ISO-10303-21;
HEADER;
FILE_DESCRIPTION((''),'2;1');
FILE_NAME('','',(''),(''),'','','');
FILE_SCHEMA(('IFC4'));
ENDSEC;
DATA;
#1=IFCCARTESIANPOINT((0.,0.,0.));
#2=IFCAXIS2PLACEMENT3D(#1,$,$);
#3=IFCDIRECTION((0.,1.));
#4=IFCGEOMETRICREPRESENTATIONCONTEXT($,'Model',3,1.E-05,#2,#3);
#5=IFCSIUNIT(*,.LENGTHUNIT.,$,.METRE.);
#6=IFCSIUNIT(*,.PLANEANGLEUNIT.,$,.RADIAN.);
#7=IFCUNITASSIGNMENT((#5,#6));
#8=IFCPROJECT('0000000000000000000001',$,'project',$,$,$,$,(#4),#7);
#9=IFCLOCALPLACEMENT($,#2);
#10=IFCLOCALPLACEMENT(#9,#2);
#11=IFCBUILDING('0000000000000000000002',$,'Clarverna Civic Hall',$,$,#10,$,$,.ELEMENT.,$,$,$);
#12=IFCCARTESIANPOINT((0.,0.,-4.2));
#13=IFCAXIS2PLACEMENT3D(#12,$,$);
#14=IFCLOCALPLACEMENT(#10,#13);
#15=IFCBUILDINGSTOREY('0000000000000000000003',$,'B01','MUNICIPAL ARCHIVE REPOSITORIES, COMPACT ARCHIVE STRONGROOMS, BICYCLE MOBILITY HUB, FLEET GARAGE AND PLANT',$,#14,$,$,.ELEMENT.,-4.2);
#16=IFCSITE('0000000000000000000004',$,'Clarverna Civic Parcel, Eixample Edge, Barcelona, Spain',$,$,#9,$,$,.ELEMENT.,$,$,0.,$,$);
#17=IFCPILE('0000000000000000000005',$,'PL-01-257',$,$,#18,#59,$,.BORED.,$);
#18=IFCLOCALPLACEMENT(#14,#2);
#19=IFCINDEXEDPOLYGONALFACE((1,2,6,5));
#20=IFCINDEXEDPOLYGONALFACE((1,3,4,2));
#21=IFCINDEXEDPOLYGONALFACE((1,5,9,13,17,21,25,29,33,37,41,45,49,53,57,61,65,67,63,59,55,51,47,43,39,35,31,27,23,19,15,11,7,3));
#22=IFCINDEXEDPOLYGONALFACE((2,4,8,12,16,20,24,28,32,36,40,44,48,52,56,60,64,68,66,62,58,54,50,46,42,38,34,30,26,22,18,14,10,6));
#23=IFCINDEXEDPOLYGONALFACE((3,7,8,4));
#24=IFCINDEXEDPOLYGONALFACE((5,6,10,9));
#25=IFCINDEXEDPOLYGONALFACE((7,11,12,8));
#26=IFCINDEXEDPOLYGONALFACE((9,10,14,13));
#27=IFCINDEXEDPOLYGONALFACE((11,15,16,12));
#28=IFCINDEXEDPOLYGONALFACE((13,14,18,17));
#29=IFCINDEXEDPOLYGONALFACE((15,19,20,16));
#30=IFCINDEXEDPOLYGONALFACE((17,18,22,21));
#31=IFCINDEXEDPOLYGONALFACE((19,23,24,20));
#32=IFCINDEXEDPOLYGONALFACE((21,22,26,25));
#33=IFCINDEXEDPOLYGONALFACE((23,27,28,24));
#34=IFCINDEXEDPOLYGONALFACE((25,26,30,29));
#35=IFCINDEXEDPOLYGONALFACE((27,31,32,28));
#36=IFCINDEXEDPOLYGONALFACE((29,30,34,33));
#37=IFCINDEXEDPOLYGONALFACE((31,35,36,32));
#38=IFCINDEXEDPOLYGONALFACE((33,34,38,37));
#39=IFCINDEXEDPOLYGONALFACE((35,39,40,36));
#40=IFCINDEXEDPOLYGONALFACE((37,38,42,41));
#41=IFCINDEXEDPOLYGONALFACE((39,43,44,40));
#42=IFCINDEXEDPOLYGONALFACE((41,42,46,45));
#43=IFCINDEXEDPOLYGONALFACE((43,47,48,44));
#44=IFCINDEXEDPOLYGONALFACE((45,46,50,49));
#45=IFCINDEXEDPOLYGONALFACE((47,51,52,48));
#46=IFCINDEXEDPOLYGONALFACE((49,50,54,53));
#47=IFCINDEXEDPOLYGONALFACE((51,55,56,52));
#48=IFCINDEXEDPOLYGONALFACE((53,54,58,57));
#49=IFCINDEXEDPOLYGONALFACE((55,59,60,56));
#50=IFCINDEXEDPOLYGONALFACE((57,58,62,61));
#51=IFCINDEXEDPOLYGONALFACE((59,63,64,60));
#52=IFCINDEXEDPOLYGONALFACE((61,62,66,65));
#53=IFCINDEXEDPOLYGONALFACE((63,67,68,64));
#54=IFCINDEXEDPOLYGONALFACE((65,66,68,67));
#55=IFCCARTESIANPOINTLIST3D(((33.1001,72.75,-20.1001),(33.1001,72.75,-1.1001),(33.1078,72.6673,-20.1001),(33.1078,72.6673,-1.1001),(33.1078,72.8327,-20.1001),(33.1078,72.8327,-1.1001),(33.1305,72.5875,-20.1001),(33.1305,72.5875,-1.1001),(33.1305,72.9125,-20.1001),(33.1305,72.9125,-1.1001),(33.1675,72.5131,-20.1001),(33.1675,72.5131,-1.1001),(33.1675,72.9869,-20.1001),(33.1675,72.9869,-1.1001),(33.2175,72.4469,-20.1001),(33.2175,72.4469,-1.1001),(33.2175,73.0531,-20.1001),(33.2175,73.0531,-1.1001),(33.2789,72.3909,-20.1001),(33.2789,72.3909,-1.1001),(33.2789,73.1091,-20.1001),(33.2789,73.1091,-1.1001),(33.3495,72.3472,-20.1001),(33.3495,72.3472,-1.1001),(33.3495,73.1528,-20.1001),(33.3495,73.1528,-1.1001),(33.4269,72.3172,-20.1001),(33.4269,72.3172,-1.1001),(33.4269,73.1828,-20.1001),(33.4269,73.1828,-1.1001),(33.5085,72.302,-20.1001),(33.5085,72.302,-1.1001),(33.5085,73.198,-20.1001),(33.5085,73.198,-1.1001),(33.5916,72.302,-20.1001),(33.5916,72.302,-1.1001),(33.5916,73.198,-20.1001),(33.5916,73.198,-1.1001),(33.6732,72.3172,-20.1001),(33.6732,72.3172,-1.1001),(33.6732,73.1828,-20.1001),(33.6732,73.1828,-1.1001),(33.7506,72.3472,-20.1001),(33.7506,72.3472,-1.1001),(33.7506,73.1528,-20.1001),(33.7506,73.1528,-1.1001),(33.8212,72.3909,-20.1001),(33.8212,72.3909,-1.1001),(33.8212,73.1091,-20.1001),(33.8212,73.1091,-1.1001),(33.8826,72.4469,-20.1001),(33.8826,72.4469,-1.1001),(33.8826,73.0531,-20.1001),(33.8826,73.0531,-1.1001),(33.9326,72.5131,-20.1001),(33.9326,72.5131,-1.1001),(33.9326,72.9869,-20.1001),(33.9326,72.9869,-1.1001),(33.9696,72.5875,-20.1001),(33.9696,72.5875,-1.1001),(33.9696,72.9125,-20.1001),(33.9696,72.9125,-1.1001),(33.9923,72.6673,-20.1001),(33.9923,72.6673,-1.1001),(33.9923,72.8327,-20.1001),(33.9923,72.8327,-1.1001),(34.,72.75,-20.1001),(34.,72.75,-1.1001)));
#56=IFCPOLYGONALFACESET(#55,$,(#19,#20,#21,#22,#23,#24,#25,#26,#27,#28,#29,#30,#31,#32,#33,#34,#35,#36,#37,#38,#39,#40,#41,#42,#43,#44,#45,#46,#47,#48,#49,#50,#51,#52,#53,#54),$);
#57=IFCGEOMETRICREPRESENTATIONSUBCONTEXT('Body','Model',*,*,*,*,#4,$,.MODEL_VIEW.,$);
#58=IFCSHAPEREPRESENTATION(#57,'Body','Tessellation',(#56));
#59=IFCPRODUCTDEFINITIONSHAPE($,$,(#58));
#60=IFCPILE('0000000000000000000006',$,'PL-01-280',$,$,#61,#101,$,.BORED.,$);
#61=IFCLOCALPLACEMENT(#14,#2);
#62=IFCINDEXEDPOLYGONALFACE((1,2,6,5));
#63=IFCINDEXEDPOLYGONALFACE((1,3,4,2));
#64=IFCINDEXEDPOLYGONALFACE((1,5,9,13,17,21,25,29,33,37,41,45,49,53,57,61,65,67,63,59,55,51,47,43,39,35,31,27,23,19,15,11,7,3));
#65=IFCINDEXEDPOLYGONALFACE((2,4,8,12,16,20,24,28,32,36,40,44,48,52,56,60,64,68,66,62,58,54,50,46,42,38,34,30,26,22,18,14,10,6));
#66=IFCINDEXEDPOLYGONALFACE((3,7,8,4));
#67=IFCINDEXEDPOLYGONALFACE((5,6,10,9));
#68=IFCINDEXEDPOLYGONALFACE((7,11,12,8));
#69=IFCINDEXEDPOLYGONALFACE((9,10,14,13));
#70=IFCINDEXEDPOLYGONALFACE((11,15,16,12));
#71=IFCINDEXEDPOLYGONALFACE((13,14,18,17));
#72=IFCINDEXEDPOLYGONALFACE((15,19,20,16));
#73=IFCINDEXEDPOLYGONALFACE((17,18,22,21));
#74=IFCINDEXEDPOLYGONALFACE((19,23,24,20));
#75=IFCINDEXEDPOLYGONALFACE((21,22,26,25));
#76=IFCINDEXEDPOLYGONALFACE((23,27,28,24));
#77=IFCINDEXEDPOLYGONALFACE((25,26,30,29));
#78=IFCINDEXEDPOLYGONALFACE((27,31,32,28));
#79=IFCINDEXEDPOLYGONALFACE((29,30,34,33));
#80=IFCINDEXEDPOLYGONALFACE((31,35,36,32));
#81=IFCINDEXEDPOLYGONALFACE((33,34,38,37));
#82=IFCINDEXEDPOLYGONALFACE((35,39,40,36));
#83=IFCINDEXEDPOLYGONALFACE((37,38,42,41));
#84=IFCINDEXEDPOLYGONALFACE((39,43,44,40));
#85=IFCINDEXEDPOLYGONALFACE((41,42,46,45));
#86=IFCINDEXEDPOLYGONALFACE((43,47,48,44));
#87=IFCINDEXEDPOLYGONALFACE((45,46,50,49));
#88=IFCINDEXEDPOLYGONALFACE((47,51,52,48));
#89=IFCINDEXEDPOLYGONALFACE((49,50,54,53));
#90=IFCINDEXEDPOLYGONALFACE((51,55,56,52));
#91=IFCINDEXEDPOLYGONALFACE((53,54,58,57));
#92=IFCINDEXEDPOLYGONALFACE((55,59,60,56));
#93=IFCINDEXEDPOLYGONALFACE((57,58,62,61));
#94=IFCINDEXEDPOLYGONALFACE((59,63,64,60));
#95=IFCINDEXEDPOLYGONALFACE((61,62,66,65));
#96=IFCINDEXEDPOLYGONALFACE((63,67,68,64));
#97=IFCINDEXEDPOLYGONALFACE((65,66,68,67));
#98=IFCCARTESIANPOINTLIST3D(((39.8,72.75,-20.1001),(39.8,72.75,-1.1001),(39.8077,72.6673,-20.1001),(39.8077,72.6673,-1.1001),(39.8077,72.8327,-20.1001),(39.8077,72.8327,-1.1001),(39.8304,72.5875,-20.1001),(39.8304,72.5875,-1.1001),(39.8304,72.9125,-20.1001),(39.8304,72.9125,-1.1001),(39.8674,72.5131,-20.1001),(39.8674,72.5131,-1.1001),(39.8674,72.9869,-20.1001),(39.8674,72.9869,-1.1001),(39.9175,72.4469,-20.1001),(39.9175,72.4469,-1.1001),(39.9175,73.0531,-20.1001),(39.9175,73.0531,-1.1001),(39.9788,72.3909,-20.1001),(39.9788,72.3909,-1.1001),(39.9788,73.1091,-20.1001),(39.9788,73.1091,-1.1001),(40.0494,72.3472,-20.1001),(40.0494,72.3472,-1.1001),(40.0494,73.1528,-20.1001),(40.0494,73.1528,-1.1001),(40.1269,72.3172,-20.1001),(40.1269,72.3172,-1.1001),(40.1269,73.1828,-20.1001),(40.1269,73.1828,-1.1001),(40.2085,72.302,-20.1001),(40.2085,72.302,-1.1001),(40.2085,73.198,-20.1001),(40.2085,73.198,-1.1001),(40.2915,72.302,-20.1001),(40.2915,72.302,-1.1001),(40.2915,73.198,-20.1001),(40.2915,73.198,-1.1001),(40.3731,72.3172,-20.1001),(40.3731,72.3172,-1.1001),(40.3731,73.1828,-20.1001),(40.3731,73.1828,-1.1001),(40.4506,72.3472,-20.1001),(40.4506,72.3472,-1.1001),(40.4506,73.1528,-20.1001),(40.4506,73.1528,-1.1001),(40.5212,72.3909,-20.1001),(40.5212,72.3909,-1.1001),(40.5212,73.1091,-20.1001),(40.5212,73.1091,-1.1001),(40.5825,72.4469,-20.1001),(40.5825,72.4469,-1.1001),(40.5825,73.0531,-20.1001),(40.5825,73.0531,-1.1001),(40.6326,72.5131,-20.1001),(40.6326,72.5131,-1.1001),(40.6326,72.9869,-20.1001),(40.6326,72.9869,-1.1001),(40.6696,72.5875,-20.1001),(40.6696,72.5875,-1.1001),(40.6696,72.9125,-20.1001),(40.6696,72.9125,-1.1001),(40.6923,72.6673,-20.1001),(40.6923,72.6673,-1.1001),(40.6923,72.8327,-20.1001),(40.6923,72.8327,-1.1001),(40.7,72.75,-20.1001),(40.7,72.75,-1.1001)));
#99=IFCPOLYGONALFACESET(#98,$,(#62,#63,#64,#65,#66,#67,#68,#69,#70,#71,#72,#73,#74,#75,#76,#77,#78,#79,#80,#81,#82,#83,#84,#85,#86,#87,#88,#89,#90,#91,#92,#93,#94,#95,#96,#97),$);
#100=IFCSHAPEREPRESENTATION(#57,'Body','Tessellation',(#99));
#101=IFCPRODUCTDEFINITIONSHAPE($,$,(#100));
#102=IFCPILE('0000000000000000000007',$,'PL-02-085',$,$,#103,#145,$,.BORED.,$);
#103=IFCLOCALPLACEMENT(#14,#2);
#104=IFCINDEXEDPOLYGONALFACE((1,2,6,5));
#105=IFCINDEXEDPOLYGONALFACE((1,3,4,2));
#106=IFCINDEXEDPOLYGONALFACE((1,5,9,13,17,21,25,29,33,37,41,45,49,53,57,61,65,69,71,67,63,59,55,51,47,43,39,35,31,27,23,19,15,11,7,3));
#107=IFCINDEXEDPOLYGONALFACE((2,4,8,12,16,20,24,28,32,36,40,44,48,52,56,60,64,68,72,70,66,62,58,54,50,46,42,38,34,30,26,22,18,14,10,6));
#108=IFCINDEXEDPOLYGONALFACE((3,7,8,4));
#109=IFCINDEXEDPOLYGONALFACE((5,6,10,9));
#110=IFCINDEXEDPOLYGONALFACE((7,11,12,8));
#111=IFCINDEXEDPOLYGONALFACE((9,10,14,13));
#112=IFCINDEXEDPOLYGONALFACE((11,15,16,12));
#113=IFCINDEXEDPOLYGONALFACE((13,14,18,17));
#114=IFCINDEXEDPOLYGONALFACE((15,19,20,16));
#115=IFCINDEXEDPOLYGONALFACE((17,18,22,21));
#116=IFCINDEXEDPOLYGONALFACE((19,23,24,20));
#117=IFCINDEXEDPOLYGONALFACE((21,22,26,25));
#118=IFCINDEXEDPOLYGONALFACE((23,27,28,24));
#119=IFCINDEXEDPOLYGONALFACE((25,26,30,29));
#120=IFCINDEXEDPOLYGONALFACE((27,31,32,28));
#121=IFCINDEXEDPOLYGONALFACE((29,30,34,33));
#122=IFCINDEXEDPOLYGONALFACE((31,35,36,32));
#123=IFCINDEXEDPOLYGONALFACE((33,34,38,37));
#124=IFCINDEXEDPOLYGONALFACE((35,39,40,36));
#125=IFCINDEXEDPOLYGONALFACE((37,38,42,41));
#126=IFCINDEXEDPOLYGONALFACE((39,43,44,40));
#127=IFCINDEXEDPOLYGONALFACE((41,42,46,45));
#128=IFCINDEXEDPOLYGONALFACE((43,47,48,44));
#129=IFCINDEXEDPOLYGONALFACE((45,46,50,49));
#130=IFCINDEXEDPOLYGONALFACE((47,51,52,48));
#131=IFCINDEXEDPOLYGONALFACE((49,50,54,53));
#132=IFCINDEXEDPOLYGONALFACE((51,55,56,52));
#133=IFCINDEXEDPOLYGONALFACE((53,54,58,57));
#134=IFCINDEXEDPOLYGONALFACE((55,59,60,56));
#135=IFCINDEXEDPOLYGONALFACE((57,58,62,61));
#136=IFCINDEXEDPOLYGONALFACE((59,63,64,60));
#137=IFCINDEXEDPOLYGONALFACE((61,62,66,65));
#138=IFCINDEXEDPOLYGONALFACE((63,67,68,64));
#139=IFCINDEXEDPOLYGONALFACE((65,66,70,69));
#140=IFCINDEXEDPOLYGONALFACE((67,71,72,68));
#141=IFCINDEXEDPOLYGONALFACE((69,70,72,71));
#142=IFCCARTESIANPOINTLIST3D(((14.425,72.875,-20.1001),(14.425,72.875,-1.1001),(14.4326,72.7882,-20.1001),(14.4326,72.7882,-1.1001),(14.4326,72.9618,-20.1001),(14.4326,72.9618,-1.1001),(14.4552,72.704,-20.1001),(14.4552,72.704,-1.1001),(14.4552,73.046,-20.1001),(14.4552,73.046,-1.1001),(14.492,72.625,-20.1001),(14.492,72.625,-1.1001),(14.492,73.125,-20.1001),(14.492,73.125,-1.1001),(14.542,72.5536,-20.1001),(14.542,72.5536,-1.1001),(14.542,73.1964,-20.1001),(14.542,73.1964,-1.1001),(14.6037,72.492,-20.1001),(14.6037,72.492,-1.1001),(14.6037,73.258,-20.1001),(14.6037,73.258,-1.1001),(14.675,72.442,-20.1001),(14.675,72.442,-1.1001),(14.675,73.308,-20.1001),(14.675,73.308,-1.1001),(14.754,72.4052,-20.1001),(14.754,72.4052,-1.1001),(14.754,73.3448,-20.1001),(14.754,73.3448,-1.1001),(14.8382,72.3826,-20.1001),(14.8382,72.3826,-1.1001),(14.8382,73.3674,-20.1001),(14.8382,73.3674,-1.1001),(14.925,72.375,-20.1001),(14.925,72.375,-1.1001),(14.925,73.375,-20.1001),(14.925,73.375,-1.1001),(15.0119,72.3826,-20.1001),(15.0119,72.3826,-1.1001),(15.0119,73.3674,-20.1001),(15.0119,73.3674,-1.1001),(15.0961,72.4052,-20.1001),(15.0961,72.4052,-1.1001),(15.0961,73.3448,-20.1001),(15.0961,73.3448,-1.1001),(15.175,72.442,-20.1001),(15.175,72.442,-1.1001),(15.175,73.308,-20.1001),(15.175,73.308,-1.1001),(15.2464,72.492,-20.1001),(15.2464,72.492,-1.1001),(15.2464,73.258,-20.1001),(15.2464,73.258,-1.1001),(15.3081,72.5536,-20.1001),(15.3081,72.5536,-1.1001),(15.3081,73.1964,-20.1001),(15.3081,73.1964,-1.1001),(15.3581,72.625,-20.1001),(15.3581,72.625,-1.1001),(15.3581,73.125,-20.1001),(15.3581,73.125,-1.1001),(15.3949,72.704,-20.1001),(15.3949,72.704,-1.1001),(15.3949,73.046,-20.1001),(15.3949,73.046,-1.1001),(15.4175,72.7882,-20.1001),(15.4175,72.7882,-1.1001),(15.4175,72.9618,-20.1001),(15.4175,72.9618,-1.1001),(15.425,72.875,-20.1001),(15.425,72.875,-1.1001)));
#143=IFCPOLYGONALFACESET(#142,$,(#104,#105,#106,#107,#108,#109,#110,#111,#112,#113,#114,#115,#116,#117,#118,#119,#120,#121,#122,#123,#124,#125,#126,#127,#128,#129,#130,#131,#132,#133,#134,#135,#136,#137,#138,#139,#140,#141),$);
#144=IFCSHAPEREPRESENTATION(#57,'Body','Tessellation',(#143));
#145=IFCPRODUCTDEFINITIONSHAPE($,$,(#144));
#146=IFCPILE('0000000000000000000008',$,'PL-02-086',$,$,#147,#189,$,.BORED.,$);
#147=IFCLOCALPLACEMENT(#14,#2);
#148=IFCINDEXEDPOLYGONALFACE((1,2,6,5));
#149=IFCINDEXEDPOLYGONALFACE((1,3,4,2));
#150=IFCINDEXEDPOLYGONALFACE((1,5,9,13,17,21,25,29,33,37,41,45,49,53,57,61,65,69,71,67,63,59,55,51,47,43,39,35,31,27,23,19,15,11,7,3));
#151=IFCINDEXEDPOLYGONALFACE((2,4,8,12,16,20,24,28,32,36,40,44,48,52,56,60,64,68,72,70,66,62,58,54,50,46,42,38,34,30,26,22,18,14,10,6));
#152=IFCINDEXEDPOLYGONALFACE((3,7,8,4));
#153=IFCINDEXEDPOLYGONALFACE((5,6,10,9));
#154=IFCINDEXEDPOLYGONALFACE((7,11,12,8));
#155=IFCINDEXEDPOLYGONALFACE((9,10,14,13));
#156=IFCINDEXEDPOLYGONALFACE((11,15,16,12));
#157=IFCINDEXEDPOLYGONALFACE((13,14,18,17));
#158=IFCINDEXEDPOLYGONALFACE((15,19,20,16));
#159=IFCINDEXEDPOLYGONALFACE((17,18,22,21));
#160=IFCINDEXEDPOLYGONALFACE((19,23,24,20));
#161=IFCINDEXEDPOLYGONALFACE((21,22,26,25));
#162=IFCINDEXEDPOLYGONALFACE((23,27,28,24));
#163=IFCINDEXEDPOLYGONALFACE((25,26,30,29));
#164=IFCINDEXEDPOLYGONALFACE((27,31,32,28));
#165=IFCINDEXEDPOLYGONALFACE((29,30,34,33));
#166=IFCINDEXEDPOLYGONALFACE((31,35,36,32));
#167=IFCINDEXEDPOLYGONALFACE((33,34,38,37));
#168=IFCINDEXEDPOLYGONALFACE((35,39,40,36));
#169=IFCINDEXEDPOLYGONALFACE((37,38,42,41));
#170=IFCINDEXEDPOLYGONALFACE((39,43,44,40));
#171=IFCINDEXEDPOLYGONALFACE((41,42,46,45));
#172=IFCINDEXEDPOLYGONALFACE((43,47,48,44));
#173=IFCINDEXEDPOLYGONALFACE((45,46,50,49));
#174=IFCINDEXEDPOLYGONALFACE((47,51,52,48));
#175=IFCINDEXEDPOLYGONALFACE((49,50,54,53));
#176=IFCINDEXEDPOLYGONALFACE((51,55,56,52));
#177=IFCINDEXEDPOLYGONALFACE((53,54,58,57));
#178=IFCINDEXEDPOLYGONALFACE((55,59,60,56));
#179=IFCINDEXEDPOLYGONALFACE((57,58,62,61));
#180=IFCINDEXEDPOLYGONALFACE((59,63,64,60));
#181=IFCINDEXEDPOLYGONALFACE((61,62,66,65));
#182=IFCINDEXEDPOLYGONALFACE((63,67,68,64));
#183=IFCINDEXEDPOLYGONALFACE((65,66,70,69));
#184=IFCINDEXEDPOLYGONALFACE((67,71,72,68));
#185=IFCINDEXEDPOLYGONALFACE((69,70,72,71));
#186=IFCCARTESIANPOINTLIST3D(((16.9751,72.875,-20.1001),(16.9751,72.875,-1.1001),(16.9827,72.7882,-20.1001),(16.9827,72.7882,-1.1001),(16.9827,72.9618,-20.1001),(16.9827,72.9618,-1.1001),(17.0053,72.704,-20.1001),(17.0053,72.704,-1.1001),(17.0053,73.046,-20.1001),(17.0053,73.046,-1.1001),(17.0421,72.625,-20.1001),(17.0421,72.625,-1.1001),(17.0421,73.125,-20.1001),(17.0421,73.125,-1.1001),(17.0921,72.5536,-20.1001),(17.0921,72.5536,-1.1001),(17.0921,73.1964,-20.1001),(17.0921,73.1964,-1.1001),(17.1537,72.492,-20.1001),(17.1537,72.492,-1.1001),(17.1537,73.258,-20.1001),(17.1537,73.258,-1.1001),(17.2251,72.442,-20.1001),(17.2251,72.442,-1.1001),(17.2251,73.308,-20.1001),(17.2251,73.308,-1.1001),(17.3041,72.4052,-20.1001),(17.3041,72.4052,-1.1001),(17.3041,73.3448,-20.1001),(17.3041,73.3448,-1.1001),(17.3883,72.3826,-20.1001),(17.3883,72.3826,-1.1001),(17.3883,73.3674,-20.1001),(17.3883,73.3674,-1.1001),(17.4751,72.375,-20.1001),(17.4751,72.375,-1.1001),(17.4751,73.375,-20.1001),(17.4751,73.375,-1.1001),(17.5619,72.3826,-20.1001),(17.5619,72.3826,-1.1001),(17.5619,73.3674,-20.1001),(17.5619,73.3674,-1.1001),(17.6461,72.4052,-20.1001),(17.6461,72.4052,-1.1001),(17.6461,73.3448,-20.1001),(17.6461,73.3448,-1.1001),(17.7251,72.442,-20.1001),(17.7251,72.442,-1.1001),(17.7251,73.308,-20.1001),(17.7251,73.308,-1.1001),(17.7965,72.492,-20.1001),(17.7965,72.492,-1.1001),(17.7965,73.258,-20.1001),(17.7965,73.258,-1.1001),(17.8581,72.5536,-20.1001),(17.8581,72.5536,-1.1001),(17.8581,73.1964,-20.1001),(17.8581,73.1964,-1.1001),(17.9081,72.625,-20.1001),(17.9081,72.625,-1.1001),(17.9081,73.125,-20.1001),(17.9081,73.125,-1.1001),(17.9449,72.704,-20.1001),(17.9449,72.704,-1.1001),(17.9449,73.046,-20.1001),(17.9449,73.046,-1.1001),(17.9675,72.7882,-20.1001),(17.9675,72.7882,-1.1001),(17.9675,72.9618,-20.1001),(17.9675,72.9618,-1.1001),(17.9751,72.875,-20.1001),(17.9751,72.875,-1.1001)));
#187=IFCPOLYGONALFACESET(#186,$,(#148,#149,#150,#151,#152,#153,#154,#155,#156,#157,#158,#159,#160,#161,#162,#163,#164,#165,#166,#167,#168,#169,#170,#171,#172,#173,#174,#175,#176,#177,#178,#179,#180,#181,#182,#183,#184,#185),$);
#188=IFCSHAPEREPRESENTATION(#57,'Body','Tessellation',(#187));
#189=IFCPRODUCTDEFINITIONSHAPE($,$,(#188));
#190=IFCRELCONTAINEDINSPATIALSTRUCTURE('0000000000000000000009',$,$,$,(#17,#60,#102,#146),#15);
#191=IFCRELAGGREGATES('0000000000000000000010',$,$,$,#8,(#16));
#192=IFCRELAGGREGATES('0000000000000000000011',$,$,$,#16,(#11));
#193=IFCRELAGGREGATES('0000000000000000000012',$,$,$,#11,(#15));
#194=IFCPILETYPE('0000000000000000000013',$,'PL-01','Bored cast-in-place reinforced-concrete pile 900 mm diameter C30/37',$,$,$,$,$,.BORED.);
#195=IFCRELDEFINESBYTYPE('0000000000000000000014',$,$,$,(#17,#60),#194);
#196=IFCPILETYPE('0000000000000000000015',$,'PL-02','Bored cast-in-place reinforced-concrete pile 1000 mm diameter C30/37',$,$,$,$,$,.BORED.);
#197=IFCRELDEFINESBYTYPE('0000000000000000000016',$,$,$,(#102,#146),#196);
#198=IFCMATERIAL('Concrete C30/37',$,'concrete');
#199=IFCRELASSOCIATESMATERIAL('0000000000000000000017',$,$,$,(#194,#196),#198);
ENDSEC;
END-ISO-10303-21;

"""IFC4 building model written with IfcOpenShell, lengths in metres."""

from ifc_helpers import new_model, si_unit, direction, frame, origin, origin_2d, place, context, subcontext, project, spatial, circle, extrude, material, material_profile, profile_set, type_object, element, save


model = new_model("IFC4")

# Units and contexts
model_context = context("Model", 3, precision=1e-05, world=origin(), true_north=direction((0.0, 1.0)))
body_context = subcontext(model_context, "Body", "Model", "MODEL_VIEW")
ifc_project = project(units=[si_unit("LENGTHUNIT", "METRE"), si_unit("PLANEANGLEUNIT", "RADIAN")], contexts=[model_context])

# Site, building, storey
site_placement = place(None, origin())
site = spatial("IfcSite", under=ifc_project, at=site_placement, Name="Clarverna Civic Parcel, Eixample Edge, Barcelona, Spain", CompositionType="ELEMENT", RefElevation=0.0)
building_placement = place(site_placement, origin())
building = spatial("IfcBuilding", under=site, at=building_placement, Name="Clarverna Civic Hall", CompositionType="ELEMENT")
storey_placement = place(building_placement, frame((0.0, 0.0, -4.2)))
storey = spatial("IfcBuildingStorey", under=building, at=storey_placement, Name="B01", Description="MUNICIPAL ARCHIVE REPOSITORIES, COMPACT ARCHIVE STRONGROOMS, BICYCLE MOBILITY HUB, FLEET GARAGE AND PLANT", CompositionType="ELEMENT", Elevation=-4.2)

# Shared definitions
ifc_material_1 = material(Name="Concrete C30/37", Category="concrete")

# Piles
ifc_material_profile_1 = material_profile(ifc_material_1, circle(Radius=0.45, at=origin_2d()), Name="BORED PILE D900")
ifc_profile_set_1 = profile_set([ifc_material_profile_1], Name="Concrete C30/37")
pile_type_1 = type_object("IfcPileType", Name="PL-01", Description="Bored cast-in-place reinforced-concrete pile 900 mm diameter C30/37", PredefinedType="BORED", material=ifc_profile_set_1)
for number, where, z_axis, x_axis, name in (
    (1, (33.55, 72.75, -1.1001), (0.0, 0.0, -1.0), (1.0, 0.0, 0.0), "PL-01-257"),
    (2, (40.25, 72.75, -1.1001), (0.0, 0.0, -1.0), (1.0, 0.0, 0.0), "PL-01-280"),
):
    element("IfcPile", number, at=place(storey_placement, frame(where, z_axis=z_axis, x_axis=x_axis)), inside=storey, type_object=pile_type_1, Name=name, PredefinedType="BORED", context=body_context, shape_type="SweptSolid", body=[
        extrude(circle(Radius=0.45, at=origin_2d()), origin(), (0.0, 0.0, 1.0), 19.0),
    ])
ifc_material_profile_2 = material_profile(ifc_material_1, circle(Radius=0.5, at=origin_2d()), Name="BORED PILE D1000")
ifc_profile_set_2 = profile_set([ifc_material_profile_2], Name="Concrete C30/37")
pile_type_2 = type_object("IfcPileType", Name="PL-02", Description="Bored cast-in-place reinforced-concrete pile 1000 mm diameter C30/37", PredefinedType="BORED", material=ifc_profile_set_2)
for number, where, z_axis, x_axis, name in (
    (3, (14.925, 72.875, -1.1001), (0.0, 0.0, -1.0), (1.0, 0.0, 0.0), "PL-02-085"),
    (4, (17.4751, 72.875, -1.1001), (0.0, 0.0, -1.0), (1.0, 0.0, 0.0), "PL-02-086"),
):
    element("IfcPile", number, at=place(storey_placement, frame(where, z_axis=z_axis, x_axis=x_axis)), inside=storey, type_object=pile_type_2, Name=name, PredefinedType="BORED", context=body_context, shape_type="SweptSolid", body=[
        extrude(circle(Radius=0.5, at=origin_2d()), origin(), (0.0, 0.0, 1.0), 19.0),
    ])

save(model, "model.ifc")
